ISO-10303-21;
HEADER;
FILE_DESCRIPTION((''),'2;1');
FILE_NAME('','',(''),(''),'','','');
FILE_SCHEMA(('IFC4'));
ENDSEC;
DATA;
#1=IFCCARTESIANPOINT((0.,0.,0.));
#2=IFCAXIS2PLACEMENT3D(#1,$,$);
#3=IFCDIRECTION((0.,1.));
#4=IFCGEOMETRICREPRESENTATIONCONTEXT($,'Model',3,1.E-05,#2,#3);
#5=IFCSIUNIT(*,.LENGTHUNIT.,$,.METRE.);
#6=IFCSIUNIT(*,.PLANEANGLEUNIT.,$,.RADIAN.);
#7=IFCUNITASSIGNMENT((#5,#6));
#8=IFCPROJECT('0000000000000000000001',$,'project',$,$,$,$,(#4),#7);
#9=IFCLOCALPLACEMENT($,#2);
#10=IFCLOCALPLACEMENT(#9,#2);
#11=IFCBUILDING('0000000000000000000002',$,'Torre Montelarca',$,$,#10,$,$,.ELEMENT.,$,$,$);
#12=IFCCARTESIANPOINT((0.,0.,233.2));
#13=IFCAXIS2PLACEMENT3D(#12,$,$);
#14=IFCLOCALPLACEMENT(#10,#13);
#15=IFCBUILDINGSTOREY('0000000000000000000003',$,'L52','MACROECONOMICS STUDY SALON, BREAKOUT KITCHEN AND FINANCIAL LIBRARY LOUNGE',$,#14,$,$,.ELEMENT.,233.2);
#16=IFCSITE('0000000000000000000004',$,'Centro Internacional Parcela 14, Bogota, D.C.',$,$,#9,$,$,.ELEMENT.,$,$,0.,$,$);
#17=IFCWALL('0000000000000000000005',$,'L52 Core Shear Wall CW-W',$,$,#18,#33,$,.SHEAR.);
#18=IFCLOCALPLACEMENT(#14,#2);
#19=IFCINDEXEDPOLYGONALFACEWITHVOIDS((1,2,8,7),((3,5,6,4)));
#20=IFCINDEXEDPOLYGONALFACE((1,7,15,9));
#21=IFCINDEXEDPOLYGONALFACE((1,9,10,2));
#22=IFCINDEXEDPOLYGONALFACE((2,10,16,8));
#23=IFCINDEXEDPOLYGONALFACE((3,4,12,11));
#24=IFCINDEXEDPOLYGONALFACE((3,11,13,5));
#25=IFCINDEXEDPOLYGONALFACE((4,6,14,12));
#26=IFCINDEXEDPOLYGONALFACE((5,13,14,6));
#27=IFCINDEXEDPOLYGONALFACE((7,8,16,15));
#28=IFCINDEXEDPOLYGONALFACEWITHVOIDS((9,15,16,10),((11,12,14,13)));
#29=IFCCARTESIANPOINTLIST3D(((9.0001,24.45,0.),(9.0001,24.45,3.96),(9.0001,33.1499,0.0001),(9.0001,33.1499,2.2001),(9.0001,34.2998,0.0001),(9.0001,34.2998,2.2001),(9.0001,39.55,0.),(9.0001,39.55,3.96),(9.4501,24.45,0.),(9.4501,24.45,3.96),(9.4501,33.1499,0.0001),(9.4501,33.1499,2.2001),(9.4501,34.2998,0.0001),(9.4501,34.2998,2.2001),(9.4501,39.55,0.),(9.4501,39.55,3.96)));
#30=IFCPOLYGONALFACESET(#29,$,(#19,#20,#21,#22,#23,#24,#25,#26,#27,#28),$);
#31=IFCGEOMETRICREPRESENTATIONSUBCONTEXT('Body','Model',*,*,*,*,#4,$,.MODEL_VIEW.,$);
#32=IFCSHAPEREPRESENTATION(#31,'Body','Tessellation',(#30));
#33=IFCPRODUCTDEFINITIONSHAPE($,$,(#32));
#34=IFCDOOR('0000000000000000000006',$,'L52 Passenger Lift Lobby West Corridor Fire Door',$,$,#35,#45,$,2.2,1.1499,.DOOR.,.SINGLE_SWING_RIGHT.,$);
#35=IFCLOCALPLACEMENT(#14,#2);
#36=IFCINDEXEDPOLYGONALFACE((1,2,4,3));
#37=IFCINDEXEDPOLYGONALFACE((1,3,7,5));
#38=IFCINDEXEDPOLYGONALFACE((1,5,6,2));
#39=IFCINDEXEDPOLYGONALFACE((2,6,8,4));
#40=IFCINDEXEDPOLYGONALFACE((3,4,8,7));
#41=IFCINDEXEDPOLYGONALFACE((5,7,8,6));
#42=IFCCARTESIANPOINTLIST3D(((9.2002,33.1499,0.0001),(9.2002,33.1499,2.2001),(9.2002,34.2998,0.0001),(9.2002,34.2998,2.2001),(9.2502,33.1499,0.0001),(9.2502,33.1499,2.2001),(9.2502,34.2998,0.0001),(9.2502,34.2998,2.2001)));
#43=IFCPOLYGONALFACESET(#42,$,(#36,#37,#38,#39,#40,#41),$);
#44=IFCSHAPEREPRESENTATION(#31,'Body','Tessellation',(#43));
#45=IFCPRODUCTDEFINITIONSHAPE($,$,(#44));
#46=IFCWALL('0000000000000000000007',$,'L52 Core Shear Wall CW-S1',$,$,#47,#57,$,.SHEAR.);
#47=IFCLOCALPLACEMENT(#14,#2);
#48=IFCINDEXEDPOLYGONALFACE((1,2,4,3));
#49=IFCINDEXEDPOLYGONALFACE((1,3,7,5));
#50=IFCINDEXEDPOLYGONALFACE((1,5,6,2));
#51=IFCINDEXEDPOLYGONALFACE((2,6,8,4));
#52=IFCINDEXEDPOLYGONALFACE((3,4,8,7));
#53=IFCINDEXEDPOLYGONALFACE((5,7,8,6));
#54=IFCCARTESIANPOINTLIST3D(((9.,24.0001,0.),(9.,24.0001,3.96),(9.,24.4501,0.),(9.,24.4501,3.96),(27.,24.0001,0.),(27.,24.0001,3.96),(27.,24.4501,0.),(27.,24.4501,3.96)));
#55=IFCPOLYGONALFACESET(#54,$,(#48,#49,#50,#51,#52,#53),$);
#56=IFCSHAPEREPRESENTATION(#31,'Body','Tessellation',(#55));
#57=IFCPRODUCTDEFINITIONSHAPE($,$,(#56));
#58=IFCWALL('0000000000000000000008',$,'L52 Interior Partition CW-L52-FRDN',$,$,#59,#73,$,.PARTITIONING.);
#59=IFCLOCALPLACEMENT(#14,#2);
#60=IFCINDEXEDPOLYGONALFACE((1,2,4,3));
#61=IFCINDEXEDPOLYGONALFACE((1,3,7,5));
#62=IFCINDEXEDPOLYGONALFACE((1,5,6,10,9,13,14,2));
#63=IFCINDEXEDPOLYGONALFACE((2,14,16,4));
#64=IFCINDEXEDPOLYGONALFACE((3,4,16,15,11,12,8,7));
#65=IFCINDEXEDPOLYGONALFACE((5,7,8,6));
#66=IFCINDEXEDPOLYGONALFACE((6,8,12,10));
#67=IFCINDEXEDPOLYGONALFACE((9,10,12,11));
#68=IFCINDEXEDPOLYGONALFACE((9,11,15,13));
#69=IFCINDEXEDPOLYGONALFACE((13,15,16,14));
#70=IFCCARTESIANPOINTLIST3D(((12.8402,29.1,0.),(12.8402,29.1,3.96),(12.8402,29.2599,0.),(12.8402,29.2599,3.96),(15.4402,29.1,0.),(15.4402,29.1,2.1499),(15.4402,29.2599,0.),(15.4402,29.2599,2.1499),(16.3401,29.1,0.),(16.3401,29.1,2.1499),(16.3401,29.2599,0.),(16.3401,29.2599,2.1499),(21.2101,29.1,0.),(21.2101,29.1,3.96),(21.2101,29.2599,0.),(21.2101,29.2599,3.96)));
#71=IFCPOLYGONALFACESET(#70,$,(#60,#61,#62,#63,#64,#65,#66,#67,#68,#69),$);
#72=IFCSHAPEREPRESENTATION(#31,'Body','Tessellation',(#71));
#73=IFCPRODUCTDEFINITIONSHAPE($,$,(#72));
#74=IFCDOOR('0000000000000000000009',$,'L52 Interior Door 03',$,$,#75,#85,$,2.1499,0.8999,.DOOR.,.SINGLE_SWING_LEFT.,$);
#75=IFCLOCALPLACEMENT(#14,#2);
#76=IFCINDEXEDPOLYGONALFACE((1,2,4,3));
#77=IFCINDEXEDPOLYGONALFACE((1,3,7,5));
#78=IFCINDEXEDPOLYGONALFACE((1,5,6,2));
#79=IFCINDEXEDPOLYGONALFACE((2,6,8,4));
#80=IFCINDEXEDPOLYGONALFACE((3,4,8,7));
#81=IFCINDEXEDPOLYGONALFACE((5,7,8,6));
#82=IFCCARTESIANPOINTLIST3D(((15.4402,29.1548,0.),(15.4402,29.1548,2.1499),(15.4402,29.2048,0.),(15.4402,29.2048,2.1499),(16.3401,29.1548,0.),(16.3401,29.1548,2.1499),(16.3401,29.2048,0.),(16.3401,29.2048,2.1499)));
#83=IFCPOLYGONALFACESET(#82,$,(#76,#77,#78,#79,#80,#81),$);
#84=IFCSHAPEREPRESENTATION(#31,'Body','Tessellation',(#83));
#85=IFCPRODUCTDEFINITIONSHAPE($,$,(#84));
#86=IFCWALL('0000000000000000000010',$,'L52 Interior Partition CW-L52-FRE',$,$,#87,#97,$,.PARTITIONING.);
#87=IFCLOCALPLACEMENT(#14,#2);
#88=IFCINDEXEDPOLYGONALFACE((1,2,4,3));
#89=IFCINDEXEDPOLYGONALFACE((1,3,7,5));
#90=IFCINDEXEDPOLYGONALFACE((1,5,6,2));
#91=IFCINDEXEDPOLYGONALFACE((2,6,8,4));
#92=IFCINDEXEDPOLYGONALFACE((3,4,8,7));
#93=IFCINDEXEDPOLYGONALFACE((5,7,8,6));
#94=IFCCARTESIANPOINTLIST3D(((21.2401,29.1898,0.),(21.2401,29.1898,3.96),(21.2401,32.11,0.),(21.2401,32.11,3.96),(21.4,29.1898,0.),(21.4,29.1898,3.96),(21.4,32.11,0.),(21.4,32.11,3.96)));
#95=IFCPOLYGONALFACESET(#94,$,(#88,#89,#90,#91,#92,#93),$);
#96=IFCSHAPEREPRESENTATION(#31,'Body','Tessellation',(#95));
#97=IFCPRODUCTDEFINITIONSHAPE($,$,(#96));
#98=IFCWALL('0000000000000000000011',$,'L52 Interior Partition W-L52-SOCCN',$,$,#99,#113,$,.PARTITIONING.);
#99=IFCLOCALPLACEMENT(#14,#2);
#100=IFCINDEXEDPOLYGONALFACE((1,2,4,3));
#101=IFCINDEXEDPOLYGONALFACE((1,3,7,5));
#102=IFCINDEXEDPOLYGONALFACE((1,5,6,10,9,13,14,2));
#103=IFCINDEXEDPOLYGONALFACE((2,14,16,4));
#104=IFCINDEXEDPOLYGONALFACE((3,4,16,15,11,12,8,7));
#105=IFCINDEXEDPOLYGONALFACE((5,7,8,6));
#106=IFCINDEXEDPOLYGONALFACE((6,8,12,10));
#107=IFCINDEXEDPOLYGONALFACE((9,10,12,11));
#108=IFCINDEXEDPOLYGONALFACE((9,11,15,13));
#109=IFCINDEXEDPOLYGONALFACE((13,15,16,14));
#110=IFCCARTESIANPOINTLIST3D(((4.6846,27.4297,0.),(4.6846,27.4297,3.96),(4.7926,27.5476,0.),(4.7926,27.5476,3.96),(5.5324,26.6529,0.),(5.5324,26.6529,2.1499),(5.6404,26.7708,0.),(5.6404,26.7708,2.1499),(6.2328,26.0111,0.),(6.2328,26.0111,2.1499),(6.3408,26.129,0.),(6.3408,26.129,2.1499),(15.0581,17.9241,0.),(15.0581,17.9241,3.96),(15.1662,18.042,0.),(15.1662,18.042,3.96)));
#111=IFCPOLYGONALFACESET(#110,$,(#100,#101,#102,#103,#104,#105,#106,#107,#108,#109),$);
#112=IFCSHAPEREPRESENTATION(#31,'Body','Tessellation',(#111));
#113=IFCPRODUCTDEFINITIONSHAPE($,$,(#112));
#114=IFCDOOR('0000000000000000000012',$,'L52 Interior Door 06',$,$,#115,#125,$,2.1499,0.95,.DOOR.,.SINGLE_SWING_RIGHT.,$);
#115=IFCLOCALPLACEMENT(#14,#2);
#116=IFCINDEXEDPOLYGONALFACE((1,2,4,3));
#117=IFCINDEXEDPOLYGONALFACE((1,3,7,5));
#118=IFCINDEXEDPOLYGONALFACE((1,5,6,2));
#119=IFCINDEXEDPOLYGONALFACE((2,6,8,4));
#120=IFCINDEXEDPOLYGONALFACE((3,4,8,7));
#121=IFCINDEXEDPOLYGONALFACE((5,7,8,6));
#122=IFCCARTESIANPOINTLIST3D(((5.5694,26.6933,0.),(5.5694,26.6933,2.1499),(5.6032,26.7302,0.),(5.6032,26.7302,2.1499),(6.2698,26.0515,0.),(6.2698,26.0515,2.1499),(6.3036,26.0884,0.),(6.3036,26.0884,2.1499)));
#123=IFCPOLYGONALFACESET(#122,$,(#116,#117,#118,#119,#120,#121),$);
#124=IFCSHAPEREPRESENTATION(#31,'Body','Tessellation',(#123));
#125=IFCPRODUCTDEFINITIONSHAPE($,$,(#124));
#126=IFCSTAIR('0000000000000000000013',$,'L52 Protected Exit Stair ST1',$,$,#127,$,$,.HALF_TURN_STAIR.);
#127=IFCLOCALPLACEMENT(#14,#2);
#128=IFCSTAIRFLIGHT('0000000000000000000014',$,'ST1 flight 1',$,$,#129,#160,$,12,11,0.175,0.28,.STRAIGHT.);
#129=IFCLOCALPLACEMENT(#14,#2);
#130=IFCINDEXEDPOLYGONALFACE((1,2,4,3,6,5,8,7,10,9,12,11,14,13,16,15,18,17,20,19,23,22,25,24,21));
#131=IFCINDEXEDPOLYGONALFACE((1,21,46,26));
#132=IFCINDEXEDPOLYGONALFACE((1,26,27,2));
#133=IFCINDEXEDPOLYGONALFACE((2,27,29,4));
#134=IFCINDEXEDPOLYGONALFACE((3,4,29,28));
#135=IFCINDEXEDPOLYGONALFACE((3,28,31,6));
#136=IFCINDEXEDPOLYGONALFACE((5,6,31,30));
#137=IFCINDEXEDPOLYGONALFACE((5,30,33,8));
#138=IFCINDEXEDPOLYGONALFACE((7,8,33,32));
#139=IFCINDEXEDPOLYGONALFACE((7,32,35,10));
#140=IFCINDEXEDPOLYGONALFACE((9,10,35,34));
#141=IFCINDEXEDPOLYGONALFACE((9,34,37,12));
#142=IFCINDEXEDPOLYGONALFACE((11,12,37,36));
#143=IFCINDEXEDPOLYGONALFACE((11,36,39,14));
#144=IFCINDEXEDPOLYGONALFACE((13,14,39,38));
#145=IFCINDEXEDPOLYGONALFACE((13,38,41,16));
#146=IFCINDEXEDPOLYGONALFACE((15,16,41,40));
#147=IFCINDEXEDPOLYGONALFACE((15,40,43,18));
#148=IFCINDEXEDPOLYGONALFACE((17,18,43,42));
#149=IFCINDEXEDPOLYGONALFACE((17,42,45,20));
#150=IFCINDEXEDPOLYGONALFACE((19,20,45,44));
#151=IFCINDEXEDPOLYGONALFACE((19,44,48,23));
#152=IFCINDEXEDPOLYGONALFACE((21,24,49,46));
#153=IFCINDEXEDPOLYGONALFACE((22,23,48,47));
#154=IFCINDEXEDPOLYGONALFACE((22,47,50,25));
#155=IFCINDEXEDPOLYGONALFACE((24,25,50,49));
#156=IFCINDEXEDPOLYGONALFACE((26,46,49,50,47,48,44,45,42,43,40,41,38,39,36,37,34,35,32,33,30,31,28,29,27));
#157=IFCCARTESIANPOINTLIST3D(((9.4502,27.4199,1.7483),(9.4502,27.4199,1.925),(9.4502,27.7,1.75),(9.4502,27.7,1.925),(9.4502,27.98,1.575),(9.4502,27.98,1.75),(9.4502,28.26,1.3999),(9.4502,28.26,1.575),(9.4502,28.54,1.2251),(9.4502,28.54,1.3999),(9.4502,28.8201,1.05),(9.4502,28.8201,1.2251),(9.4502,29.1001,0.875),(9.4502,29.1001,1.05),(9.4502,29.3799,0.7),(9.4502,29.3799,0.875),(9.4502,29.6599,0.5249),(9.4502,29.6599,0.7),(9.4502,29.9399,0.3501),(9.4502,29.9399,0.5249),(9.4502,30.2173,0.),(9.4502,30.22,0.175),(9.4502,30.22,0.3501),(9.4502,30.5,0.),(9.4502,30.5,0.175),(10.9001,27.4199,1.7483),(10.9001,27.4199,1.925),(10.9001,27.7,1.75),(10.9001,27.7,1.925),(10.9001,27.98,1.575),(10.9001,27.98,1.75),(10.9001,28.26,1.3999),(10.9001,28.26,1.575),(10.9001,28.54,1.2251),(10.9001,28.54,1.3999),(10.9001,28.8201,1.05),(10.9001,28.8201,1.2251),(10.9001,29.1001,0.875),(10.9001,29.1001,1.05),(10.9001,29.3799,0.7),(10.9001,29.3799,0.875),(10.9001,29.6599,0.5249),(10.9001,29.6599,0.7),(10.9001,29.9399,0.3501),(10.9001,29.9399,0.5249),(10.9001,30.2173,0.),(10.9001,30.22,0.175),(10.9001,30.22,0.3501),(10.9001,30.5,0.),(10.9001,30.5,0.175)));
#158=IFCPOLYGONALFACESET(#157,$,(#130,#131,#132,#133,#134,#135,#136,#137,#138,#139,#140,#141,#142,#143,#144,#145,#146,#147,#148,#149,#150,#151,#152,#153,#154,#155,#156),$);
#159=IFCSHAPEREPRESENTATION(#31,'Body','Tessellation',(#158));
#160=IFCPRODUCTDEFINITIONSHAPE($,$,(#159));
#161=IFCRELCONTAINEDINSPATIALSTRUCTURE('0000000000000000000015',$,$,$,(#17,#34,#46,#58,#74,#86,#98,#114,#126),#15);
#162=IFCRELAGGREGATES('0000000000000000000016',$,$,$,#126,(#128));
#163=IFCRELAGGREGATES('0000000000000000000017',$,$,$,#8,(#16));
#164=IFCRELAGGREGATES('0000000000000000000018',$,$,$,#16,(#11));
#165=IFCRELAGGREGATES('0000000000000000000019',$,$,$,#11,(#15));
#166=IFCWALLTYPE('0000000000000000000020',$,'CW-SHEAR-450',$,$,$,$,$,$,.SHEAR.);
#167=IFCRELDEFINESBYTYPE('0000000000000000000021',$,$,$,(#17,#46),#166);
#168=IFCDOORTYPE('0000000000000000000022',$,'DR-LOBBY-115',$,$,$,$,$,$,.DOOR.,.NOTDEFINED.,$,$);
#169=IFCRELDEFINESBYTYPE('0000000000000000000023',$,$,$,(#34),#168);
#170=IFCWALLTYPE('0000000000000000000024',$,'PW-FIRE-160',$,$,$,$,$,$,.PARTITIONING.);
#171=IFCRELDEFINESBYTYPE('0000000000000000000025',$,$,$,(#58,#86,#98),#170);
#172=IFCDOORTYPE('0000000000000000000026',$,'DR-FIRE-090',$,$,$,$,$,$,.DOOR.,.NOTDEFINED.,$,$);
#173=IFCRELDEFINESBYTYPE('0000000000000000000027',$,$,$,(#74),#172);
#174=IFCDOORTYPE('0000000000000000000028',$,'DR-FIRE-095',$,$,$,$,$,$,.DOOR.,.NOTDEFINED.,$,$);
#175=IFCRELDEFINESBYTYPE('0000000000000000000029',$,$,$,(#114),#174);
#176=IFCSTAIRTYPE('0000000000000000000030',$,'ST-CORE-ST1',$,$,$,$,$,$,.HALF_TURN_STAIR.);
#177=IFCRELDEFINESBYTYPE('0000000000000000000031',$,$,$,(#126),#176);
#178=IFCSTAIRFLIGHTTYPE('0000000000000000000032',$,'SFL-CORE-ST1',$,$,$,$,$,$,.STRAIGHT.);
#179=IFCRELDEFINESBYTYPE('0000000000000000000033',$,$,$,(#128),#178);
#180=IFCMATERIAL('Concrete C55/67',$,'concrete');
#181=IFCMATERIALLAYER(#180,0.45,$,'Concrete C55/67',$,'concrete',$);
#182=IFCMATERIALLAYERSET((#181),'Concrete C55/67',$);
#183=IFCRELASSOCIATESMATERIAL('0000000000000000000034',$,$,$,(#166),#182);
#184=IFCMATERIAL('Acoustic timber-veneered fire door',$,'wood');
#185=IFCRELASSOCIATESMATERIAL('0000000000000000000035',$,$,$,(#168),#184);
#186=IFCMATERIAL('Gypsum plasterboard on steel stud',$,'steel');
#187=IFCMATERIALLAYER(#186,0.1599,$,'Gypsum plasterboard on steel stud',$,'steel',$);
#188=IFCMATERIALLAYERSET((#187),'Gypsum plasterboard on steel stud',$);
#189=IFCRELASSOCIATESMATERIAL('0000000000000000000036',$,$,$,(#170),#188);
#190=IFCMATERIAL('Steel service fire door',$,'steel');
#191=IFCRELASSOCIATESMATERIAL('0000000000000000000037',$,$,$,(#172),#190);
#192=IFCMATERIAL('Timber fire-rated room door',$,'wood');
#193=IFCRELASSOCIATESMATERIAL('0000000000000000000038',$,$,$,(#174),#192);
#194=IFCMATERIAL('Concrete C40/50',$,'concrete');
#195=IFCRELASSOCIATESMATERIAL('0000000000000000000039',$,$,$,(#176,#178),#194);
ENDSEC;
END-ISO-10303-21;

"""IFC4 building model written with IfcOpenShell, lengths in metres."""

from ifc_helpers import new_model, si_unit, direction, frame, frame_2d, origin, place, context, subcontext, project, spatial, polyline, rectangle, outline, extrude, source, transform, mapped, material, layer, layer_set, type_object, element, fill, aggregate, save


model = new_model("IFC4")

# Units and contexts
model_context = context("Model", 3, precision=1e-05, world=origin(), true_north=direction((0.0, 1.0)))
body_context = subcontext(model_context, "Body", "Model", "MODEL_VIEW")
ifc_project = project(units=[si_unit("LENGTHUNIT", "METRE"), si_unit("PLANEANGLEUNIT", "RADIAN")], contexts=[model_context])

# Site, building, storey
site_placement = place(None, origin())
site = spatial("IfcSite", under=ifc_project, at=site_placement, Name="Centro Internacional Parcela 14, Bogota, D.C.", CompositionType="ELEMENT", RefElevation=0.0)
building_placement = place(site_placement, origin())
building = spatial("IfcBuilding", under=site, at=building_placement, Name="Torre Montelarca", CompositionType="ELEMENT")
storey_placement = place(building_placement, frame((0.0, 0.0, 233.2)))
storey = spatial("IfcBuildingStorey", under=building, at=storey_placement, Name="L52", Description="MACROECONOMICS STUDY SALON, BREAKOUT KITCHEN AND FINANCIAL LIBRARY LOUNGE", CompositionType="ELEMENT", Elevation=233.2)

# Shared definitions
ifc_material_1 = material(Name="Concrete C55/67", Category="concrete")

# Wall, opening, door
ifc_material_2 = material(Name="Concrete C40/50", Category="concrete")
ifc_layer_1 = layer(ifc_material_1, 0.45, Name="Concrete C55/67", Category="concrete")
ifc_layer_set_1 = layer_set([ifc_layer_1], Name="Concrete C55/67")
wall_type_1 = type_object("IfcWallType", Name="CW-SHEAR-450", PredefinedType="SHEAR", material=ifc_layer_set_1)
wall_1_placement = place(storey_placement, frame((9.2251, 24.45, 0.0), z_axis=(0.0, 0.0, 1.0), x_axis=(0.0, 1.0, 0.0)))
wall_1 = element("IfcWall", 1, at=wall_1_placement, inside=storey, type_object=wall_type_1, Name="L52 Core Shear Wall CW-W", PredefinedType="SHEAR", context=body_context, shape_type="SweptSolid", body=[
    extrude(rectangle(XDim=15.1001, YDim=0.45, at=frame_2d((7.55, 0.0))), origin(), (0.0, 0.0, 1.0), 3.96),
])
opening_1_placement = place(wall_1_placement, frame((8.7, 0.0, 0.0)))
opening_1 = element("IfcOpeningElement", 2, at=opening_1_placement, cuts=wall_1, PredefinedType="OPENING", context=body_context, shape_type="SweptSolid", body=[
    extrude(rectangle(XDim=1.1499, YDim=2.2, at=frame_2d((0.575, 1.1001))), frame((0.0, 0.2349, 0.0), z_axis=(0.0, -1.0, 0.0), x_axis=(1.0, 0.0, 0.0)), (0.0, 0.0, 1.0), 0.47),
])
ifc_material_3 = material(Name="Acoustic timber-veneered fire door", Category="wood")
door_type_1 = type_object("IfcDoorType", Name="DR-LOBBY-115", OperationType="NOTDEFINED", PredefinedType="DOOR", material=ifc_material_3)
shared_shape_1 = source(origin(), body_context, "Body", "SweptSolid", [
    extrude(rectangle(XDim=1.1499, YDim=2.2, at=frame_2d((0.575, 1.1001))), frame((0.0, 0.0249, 0.0), z_axis=(0.0, -1.0, 0.0), x_axis=(1.0, 0.0, 0.0)), (0.0, 0.0, 1.0), 0.05),
])
door_1_placement = place(opening_1_placement, origin())
door_1 = element("IfcDoor", 3, at=door_1_placement, inside=storey, type_object=door_type_1, Name="L52 Passenger Lift Lobby West Corridor Fire Door", OperationType="SINGLE_SWING_RIGHT", OverallHeight=2.2, OverallWidth=1.1499, PredefinedType="DOOR", context=body_context, shape_type="MappedRepresentation", body=[
    mapped(shared_shape_1, transform((0.0, 0.0, 0.0), scale=1.0)),
])
fill(opening_1, door_1)

# Wall
wall_2_placement = place(storey_placement, frame((9.0, 24.2251, 0.0), z_axis=(0.0, 0.0, 1.0), x_axis=(1.0, 0.0, 0.0)))
element("IfcWall", 4, at=wall_2_placement, inside=storey, type_object=wall_type_1, Name="L52 Core Shear Wall CW-S1", PredefinedType="SHEAR", context=body_context, shape_type="SweptSolid", body=[
    extrude(rectangle(XDim=18.0, YDim=0.45, at=frame_2d((9.0, 0.0))), origin(), (0.0, 0.0, 1.0), 3.96),
])

# Wall, opening, door
ifc_material_4 = material(Name="Gypsum plasterboard on steel stud", Category="steel")
ifc_layer_2 = layer(ifc_material_4, 0.1599, Name="Gypsum plasterboard on steel stud", Category="steel")
ifc_layer_set_2 = layer_set([ifc_layer_2], Name="Gypsum plasterboard on steel stud")
wall_type_2 = type_object("IfcWallType", Name="PW-FIRE-160", PredefinedType="PARTITIONING", material=ifc_layer_set_2)
wall_3_placement = place(storey_placement, frame((12.8401, 29.1799, 0.0), z_axis=(0.0, 0.0, 1.0), x_axis=(1.0, 0.0, 0.0)))
wall_3 = element("IfcWall", 5, at=wall_3_placement, inside=storey, type_object=wall_type_2, Name="L52 Interior Partition CW-L52-FRDN", PredefinedType="PARTITIONING", context=body_context, shape_type="SweptSolid", body=[
    extrude(rectangle(XDim=8.3699, YDim=0.1599, at=frame_2d((4.1851, 0.0))), origin(), (0.0, 0.0, 1.0), 3.96),
])
opening_2_placement = place(wall_3_placement, frame((2.6001, 0.0, 0.0)))
opening_2 = element("IfcOpeningElement", 6, at=opening_2_placement, cuts=wall_3, PredefinedType="OPENING", context=body_context, shape_type="SweptSolid", body=[
    extrude(rectangle(XDim=0.8999, YDim=2.1499, at=frame_2d((0.45, 1.075))), frame((0.0, 0.0898, 0.0), z_axis=(0.0, -1.0, 0.0), x_axis=(1.0, 0.0, 0.0)), (0.0, 0.0, 1.0), 0.1799),
])
ifc_material_5 = material(Name="Steel service fire door", Category="steel")
door_type_2 = type_object("IfcDoorType", Name="DR-FIRE-090", OperationType="NOTDEFINED", PredefinedType="DOOR", material=ifc_material_5)
shared_shape_2 = source(origin(), body_context, "Body", "SweptSolid", [
    extrude(rectangle(XDim=0.8999, YDim=2.1499, at=frame_2d((0.45, 1.075))), frame((0.0, 0.0249, 0.0), z_axis=(0.0, -1.0, 0.0), x_axis=(1.0, 0.0, 0.0)), (0.0, 0.0, 1.0), 0.05),
])
door_2_placement = place(opening_2_placement, origin())
door_2 = element("IfcDoor", 7, at=door_2_placement, inside=storey, type_object=door_type_2, Name="L52 Interior Door 03", OperationType="SINGLE_SWING_LEFT", OverallHeight=2.1499, OverallWidth=0.8999, PredefinedType="DOOR", context=body_context, shape_type="MappedRepresentation", body=[
    mapped(shared_shape_2, transform((0.0, 0.0, 0.0), scale=1.0)),
])
fill(opening_2, door_2)

# Wall
wall_4_placement = place(storey_placement, frame((21.3201, 29.1899, 0.0), z_axis=(0.0, 0.0, 1.0), x_axis=(0.0, 1.0, 0.0)))
element("IfcWall", 8, at=wall_4_placement, inside=storey, type_object=wall_type_2, Name="L52 Interior Partition CW-L52-FRE", PredefinedType="PARTITIONING", context=body_context, shape_type="SweptSolid", body=[
    extrude(rectangle(XDim=2.9202, YDim=0.1599, at=frame_2d((1.46, 0.0))), origin(), (0.0, 0.0, 1.0), 3.96),
])

# Wall, opening, door
wall_5_placement = place(storey_placement, frame((4.7385, 27.4888, 0.0), z_axis=(0.0, 0.0, 1.0), x_axis=(0.737277, -0.675591, 0.0)))
wall_5 = element("IfcWall", 9, at=wall_5_placement, inside=storey, type_object=wall_type_2, Name="L52 Interior Partition W-L52-SOCCN", PredefinedType="PARTITIONING", context=body_context, shape_type="SweptSolid", body=[
    extrude(rectangle(XDim=14.0701, YDim=0.1599, at=frame_2d((7.0352, 0.0))), origin(), (0.0, 0.0, 1.0), 3.96),
])
opening_3_placement = place(wall_5_placement, frame((1.1499, 0.0, 0.0)))
opening_3 = element("IfcOpeningElement", 10, at=opening_3_placement, cuts=wall_5, PredefinedType="OPENING", context=body_context, shape_type="SweptSolid", body=[
    extrude(rectangle(XDim=0.95, YDim=2.1499, at=frame_2d((0.4751, 1.075))), frame((0.0, 0.0898, 0.0), z_axis=(0.0, -1.0, 0.0), x_axis=(1.0, 0.0, 0.0)), (0.0, 0.0, 1.0), 0.1799),
])
ifc_material_6 = material(Name="Timber fire-rated room door", Category="wood")
door_type_3 = type_object("IfcDoorType", Name="DR-FIRE-095", OperationType="NOTDEFINED", PredefinedType="DOOR", material=ifc_material_6)
shared_shape_3 = source(origin(), body_context, "Body", "SweptSolid", [
    extrude(rectangle(XDim=0.95, YDim=2.1499, at=frame_2d((0.4751, 1.075))), frame((0.0, 0.0249, 0.0), z_axis=(0.0, -1.0, 0.0), x_axis=(1.0, 0.0, 0.0)), (0.0, 0.0, 1.0), 0.05),
])
door_3_placement = place(opening_3_placement, origin())
door_3 = element("IfcDoor", 11, at=door_3_placement, inside=storey, type_object=door_type_3, Name="L52 Interior Door 06", OperationType="SINGLE_SWING_RIGHT", OverallHeight=2.1499, OverallWidth=0.95, PredefinedType="DOOR", context=body_context, shape_type="MappedRepresentation", body=[
    mapped(shared_shape_3, transform((0.0, 0.0, 0.0), scale=1.0)),
])
fill(opening_3, door_3)

# Stair, stair flight
stair_type = type_object("IfcStairType", Name="ST-CORE-ST1", PredefinedType="HALF_TURN_STAIR", material=ifc_material_2)
stair_placement = place(storey_placement, origin())
stair = element("IfcStair", 12, at=stair_placement, inside=storey, type_object=stair_type, Name="L52 Protected Exit Stair ST1", PredefinedType="HALF_TURN_STAIR")
stair_flight_type = type_object("IfcStairFlightType", Name="SFL-CORE-ST1", PredefinedType="STRAIGHT", material=ifc_material_2)
stair_flight_1_placement = place(storey_placement, frame((10.175, 30.5, 0.0), z_axis=(0.0, 0.0, 1.0), x_axis=(0.0, -1.0, 0.0)))
stair_flight_1 = element("IfcStairFlight", 13, at=stair_flight_1_placement, type_object=stair_flight_type, Name="ST1 flight 1", NumberOfRisers=12, NumberOfTreads=11, PredefinedType="STRAIGHT", RiserHeight=0.175, TreadLength=0.28, context=body_context, shape_type="SweptSolid", body=[
    extrude(outline(polyline([(0.0, 0.0), (0.0, 0.175), (0.28, 0.175), (0.28, 0.3501), (0.5601, 0.3501), (0.5601, 0.5249), (0.8401, 0.5249), (0.8401, 0.7), (1.1201, 0.7), (1.1201, 0.875), (1.3999, 0.875), (1.3999, 1.05), (1.6799, 1.05), (1.6799, 1.2251), (1.96, 1.2251), (1.96, 1.3999), (2.24, 1.3999), (2.24, 1.575), (2.52, 1.575), (2.52, 1.75), (2.8, 1.75), (2.8, 1.925), (3.0801, 1.925), (3.0801, 2.1001), (3.0801, 1.7483), (0.2827, 0.0), (0.0, 0.0)])), frame((0.0, 0.7251, 0.0), z_axis=(0.0, -1.0, 0.0), x_axis=(1.0, 0.0, 0.0)), (0.0, 0.0, 1.0), 1.45),
])
aggregate(stair, [stair_flight_1])

save(model, "model.ifc")
